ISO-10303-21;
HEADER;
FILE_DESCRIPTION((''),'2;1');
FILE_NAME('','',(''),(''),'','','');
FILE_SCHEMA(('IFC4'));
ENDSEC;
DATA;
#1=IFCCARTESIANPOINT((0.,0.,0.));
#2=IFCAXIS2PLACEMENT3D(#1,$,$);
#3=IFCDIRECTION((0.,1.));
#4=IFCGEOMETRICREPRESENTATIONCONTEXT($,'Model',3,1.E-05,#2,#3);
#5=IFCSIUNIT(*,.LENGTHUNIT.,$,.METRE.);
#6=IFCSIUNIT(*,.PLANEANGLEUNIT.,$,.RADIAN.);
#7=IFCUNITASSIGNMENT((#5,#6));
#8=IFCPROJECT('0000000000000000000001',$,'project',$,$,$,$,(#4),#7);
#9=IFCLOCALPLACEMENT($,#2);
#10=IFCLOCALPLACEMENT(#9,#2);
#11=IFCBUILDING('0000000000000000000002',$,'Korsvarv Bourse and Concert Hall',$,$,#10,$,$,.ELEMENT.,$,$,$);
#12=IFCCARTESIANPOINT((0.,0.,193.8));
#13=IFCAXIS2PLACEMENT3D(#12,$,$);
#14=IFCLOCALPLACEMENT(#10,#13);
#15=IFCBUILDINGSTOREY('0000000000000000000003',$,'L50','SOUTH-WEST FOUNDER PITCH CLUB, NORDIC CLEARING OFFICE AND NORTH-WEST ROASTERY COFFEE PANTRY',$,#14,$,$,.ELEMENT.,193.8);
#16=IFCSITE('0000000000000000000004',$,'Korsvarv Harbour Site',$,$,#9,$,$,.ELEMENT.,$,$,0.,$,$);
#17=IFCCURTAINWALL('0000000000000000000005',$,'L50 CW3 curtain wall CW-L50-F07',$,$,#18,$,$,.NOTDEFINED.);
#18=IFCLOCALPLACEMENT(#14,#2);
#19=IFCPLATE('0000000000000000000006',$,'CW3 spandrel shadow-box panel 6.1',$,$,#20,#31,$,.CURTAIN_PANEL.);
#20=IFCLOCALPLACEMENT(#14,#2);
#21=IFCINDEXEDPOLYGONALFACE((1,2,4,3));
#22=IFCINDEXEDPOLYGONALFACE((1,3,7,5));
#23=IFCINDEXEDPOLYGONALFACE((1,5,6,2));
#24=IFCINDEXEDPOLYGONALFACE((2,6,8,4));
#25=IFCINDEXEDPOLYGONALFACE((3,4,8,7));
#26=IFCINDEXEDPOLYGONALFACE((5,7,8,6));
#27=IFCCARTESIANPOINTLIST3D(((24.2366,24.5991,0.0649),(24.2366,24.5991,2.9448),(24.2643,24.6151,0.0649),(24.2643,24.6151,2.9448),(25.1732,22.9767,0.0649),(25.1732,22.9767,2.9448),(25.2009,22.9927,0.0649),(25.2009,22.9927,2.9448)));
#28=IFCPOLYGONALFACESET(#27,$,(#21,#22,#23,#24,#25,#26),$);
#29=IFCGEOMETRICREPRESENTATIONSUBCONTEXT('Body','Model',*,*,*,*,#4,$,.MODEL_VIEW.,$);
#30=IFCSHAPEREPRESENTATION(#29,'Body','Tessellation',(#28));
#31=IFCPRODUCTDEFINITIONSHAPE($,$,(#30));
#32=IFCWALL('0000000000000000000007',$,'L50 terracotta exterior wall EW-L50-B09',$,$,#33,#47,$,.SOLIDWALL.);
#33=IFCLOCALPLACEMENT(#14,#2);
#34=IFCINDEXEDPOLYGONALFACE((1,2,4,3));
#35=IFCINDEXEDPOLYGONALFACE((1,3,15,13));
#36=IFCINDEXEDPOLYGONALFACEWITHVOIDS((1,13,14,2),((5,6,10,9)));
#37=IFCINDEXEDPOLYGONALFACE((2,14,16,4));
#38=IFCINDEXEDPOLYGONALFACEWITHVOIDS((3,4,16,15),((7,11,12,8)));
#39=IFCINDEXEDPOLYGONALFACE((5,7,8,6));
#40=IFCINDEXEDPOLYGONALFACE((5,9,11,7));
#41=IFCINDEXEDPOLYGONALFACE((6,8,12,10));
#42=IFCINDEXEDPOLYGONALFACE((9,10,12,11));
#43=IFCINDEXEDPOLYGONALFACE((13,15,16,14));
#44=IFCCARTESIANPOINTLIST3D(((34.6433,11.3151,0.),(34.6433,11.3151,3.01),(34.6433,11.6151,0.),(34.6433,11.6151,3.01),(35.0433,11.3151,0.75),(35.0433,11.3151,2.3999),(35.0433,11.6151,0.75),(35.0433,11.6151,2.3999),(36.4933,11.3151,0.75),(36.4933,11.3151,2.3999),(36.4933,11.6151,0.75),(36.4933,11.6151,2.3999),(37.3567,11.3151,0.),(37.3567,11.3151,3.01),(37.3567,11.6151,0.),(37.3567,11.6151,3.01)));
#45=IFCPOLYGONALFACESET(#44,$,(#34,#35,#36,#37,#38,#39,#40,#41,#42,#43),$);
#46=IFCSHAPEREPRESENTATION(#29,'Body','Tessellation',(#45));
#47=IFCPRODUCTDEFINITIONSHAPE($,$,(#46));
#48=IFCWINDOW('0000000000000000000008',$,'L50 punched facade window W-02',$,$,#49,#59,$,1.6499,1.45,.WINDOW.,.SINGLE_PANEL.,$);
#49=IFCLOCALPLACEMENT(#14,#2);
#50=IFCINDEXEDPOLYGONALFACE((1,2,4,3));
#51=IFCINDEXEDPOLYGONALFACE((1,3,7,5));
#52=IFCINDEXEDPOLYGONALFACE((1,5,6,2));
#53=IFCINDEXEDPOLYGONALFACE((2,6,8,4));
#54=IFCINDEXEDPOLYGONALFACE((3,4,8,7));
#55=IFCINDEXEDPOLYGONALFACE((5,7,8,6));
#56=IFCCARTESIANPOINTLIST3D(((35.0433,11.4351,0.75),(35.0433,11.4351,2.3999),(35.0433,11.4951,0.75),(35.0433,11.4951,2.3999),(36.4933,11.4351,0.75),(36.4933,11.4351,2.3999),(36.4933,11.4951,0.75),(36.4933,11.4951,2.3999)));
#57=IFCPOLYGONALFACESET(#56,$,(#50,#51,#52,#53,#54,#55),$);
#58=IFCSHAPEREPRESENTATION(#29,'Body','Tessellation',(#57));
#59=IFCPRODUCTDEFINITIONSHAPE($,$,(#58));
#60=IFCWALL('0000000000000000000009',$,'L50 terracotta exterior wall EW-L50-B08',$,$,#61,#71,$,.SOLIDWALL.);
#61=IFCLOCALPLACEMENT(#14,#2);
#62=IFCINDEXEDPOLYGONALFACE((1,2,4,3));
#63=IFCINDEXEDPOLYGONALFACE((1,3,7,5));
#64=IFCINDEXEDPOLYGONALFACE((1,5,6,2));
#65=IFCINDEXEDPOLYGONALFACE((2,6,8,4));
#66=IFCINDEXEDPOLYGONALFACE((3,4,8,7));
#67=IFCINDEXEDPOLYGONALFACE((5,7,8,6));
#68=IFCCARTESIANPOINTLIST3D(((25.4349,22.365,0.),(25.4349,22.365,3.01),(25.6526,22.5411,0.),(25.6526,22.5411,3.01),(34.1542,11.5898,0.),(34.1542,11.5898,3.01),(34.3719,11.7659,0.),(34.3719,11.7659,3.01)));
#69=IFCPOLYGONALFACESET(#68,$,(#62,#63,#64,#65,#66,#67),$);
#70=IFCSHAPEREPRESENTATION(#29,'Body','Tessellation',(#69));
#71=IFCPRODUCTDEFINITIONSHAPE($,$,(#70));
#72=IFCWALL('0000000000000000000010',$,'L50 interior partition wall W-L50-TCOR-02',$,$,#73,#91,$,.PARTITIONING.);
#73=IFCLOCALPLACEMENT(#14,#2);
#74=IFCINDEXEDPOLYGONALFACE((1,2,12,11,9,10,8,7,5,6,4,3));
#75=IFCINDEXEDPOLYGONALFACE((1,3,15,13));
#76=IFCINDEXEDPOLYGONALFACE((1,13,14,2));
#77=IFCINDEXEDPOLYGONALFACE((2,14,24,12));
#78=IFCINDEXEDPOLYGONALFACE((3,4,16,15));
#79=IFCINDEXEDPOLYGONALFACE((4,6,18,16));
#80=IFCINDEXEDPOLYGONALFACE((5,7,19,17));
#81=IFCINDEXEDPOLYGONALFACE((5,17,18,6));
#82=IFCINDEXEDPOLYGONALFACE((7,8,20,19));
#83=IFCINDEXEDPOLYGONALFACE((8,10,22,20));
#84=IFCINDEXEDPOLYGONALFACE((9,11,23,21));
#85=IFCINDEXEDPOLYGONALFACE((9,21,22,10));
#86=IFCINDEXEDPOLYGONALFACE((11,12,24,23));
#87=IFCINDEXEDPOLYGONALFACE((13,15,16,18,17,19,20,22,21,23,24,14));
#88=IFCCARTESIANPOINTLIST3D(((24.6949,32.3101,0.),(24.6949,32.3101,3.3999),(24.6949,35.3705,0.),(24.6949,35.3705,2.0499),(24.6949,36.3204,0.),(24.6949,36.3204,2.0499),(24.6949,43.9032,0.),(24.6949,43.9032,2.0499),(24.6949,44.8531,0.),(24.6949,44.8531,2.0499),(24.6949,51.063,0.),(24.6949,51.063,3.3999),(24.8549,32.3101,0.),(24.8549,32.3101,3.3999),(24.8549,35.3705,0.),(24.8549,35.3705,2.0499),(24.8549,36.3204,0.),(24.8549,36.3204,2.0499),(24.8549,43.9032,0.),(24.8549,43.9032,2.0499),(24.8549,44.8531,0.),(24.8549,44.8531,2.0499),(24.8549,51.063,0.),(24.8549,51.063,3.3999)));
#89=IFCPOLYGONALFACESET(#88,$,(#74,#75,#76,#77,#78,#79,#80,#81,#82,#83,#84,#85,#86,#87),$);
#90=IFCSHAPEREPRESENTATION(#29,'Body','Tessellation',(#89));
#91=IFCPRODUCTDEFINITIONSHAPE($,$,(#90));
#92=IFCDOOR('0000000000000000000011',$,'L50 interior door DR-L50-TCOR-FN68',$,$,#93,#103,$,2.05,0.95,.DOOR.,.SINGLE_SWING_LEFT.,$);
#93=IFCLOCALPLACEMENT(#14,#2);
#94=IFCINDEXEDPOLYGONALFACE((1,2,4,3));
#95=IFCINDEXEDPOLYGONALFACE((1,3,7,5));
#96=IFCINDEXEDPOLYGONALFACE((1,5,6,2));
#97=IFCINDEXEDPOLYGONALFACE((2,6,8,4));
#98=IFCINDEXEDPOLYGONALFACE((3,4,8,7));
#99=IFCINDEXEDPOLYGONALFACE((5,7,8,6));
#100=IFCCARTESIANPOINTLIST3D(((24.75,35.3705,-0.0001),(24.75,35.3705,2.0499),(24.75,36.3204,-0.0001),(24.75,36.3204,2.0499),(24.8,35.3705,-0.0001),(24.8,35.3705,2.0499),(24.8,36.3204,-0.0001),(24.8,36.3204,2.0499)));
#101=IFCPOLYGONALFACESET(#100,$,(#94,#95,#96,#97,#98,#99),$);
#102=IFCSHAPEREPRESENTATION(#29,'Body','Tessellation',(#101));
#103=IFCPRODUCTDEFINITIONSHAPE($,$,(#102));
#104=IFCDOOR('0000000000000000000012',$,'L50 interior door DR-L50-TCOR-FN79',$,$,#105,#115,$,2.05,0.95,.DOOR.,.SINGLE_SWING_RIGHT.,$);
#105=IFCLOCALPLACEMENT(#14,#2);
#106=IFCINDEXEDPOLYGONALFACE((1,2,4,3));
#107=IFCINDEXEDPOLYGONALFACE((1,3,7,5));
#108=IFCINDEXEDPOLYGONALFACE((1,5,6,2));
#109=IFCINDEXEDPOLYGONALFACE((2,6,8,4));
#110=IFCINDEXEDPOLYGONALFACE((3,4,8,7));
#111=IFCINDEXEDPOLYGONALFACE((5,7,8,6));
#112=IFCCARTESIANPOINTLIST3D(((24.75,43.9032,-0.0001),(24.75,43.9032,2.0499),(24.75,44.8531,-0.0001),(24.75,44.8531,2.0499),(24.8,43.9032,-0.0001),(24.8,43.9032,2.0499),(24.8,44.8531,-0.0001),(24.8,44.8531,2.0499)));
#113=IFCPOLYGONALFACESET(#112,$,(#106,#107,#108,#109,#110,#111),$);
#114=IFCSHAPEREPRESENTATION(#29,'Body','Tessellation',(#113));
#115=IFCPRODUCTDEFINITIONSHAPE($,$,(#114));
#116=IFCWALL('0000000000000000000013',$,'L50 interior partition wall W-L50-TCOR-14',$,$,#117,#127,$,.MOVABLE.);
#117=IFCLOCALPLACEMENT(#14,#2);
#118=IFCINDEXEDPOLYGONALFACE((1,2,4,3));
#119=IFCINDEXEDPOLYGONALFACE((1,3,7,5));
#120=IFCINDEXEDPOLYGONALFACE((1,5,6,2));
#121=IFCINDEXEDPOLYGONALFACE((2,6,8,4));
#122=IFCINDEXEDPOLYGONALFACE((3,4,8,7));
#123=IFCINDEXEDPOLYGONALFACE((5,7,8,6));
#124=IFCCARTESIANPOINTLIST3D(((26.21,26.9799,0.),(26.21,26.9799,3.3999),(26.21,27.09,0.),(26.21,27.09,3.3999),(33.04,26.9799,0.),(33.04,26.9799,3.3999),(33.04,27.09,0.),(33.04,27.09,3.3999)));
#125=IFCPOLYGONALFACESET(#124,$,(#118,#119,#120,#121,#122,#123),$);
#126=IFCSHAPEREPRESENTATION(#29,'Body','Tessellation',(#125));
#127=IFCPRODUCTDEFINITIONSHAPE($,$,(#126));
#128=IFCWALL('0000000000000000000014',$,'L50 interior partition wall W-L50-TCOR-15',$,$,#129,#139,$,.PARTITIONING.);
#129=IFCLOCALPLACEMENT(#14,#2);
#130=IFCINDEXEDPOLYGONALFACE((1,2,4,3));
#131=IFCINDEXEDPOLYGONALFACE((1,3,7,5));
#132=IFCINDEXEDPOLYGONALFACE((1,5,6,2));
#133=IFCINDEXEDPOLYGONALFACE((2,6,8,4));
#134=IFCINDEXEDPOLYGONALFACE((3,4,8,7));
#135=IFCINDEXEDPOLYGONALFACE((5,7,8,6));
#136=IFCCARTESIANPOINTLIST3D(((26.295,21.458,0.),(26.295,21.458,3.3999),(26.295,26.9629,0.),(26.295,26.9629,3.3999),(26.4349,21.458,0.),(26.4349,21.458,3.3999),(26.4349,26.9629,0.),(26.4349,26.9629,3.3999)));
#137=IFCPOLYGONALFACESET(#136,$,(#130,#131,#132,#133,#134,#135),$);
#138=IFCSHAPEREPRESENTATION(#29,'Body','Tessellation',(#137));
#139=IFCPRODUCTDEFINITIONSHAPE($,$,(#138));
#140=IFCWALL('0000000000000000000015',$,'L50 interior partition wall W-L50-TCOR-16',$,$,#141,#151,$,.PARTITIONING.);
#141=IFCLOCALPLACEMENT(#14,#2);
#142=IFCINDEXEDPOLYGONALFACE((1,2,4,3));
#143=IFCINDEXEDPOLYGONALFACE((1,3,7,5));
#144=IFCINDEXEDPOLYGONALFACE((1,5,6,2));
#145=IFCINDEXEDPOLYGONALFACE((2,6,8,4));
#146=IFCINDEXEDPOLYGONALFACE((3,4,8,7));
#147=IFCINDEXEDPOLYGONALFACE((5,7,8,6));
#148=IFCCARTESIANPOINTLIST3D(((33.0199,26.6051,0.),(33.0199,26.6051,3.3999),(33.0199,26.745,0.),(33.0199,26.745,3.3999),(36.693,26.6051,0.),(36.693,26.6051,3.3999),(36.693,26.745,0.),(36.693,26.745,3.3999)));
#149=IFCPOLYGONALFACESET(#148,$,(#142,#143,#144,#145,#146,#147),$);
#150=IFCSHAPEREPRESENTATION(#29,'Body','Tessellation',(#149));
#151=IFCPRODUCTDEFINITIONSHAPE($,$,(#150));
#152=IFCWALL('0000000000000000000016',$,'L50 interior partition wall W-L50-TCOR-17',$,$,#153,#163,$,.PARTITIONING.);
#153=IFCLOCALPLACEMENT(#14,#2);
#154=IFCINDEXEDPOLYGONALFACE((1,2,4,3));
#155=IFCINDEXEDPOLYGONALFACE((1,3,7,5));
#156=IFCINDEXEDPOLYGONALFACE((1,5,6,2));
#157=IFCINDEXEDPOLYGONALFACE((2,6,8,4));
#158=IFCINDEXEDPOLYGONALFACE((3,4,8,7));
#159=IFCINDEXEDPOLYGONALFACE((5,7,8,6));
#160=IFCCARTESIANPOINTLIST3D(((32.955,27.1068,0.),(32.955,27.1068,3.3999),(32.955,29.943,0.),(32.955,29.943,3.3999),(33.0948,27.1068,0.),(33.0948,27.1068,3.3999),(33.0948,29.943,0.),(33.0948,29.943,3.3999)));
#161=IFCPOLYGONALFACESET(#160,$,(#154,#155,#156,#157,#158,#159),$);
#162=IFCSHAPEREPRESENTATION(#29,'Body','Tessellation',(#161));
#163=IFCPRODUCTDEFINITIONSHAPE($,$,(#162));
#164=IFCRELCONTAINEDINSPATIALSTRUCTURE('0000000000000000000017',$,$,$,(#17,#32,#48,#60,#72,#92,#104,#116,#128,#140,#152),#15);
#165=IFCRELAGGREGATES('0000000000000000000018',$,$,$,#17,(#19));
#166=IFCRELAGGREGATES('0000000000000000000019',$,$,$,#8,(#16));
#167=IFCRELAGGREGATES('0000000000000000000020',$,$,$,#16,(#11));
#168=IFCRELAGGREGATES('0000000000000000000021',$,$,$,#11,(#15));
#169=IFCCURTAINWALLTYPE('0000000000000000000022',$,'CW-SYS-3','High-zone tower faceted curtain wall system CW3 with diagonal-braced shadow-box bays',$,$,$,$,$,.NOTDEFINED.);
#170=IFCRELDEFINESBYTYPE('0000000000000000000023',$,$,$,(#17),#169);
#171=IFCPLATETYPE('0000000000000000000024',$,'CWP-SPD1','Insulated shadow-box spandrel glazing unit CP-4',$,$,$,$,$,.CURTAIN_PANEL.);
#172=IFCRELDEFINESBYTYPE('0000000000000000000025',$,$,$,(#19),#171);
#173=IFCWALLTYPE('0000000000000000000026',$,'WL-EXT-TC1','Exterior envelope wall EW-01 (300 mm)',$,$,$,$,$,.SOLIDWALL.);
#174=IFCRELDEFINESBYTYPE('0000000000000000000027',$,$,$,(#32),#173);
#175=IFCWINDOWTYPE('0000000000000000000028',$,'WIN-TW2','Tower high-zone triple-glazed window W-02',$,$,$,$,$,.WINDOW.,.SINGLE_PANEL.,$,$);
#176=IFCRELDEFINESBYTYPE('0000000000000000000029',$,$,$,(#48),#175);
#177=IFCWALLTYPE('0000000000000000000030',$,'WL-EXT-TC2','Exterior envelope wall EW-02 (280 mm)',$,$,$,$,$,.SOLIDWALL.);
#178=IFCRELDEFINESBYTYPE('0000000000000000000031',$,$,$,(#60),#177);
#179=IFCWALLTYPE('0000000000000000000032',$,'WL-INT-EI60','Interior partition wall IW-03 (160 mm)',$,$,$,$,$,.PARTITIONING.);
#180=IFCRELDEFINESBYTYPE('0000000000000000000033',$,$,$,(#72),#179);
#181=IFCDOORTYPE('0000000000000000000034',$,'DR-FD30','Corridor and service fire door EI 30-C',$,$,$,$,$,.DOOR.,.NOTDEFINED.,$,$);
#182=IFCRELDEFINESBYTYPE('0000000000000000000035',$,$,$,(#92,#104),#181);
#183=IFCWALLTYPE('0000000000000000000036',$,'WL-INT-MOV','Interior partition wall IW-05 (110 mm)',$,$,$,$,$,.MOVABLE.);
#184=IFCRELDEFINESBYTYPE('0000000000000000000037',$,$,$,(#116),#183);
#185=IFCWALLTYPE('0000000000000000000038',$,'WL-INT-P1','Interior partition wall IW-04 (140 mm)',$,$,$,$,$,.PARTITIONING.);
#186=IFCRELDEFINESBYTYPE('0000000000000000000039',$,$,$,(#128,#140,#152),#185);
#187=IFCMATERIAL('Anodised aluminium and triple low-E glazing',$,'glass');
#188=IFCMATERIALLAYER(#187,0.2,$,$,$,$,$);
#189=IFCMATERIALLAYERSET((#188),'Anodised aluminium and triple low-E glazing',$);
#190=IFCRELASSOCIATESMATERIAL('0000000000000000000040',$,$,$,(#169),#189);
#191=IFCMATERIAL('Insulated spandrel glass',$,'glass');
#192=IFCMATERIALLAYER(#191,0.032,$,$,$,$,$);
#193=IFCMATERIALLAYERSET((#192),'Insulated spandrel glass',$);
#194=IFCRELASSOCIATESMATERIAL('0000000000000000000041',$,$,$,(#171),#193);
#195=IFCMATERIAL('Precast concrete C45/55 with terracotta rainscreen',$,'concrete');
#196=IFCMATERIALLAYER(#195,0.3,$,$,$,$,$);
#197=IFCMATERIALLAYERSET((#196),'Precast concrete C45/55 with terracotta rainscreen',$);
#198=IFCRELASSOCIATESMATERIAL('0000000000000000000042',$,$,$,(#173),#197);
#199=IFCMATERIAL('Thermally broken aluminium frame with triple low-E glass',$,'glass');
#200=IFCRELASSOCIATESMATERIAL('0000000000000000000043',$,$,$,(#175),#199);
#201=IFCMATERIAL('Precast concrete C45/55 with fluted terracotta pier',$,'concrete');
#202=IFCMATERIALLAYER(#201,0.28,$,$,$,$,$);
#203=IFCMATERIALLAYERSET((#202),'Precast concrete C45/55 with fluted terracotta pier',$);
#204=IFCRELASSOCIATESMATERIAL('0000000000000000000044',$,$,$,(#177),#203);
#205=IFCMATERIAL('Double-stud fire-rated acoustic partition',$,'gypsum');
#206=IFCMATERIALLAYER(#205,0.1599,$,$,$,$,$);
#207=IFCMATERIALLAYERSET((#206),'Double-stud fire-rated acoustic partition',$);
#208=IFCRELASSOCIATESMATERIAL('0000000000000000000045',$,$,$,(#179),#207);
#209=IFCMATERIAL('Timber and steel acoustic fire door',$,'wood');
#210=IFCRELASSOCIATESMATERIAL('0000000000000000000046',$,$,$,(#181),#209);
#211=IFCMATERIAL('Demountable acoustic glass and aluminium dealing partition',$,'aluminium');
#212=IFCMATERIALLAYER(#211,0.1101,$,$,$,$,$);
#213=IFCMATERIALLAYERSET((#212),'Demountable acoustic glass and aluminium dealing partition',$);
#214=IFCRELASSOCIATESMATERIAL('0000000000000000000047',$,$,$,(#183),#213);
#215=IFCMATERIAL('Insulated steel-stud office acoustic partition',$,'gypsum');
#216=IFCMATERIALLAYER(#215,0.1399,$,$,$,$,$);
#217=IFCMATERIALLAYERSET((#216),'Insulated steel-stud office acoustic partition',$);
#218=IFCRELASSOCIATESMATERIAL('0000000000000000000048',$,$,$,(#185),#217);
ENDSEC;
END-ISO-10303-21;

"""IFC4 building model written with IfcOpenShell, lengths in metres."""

from ifc_helpers import new_model, si_unit, direction, frame, frame_2d, origin, origin_2d, place, context, subcontext, project, spatial, rectangle, extrude, source, transform, mapped, material, layer, layer_set, type_object, element, fill, aggregate, save


model = new_model("IFC4")

# Units and contexts
model_context = context("Model", 3, precision=1e-05, world=origin(), true_north=direction((0.0, 1.0)))
body_context = subcontext(model_context, "Body", "Model", "MODEL_VIEW")
ifc_project = project(units=[si_unit("LENGTHUNIT", "METRE"), si_unit("PLANEANGLEUNIT", "RADIAN")], contexts=[model_context])

# Site, building, storey
site_placement = place(None, origin())
site = spatial("IfcSite", under=ifc_project, at=site_placement, Name="Korsvarv Harbour Site", CompositionType="ELEMENT", RefElevation=0.0)
building_placement = place(site_placement, origin())
building = spatial("IfcBuilding", under=site, at=building_placement, Name="Korsvarv Bourse and Concert Hall", CompositionType="ELEMENT")
storey_placement = place(building_placement, frame((0.0, 0.0, 193.8)))
storey = spatial("IfcBuildingStorey", under=building, at=storey_placement, Name="L50", Description="SOUTH-WEST FOUNDER PITCH CLUB, NORDIC CLEARING OFFICE AND NORTH-WEST ROASTERY COFFEE PANTRY", CompositionType="ELEMENT", Elevation=193.8)

# Curtain wall, plate
ifc_material_1 = material(Name="Anodised aluminium and triple low-E glazing", Category="glass")
ifc_layer_1 = layer(ifc_material_1, 0.2)
ifc_layer_set_1 = layer_set([ifc_layer_1], Name="Anodised aluminium and triple low-E glazing")
curtain_wall_type = type_object("IfcCurtainWallType", Name="CW-SYS-3", Description="High-zone tower faceted curtain wall system CW3 with diagonal-braced shadow-box bays", PredefinedType="NOTDEFINED", material=ifc_layer_set_1)
curtain_wall_placement = place(storey_placement, origin())
curtain_wall = element("IfcCurtainWall", 1, at=curtain_wall_placement, inside=storey, type_object=curtain_wall_type, Name="L50 CW3 curtain wall CW-L50-F07", PredefinedType="NOTDEFINED")
ifc_material_2 = material(Name="Insulated spandrel glass", Category="glass")
ifc_layer_2 = layer(ifc_material_2, 0.032)
ifc_layer_set_2 = layer_set([ifc_layer_2], Name="Insulated spandrel glass")
plate_type_1 = type_object("IfcPlateType", Name="CWP-SPD1", Description="Insulated shadow-box spandrel glazing unit CP-4", PredefinedType="CURTAIN_PANEL", material=ifc_layer_set_2)
shared_shape_1 = source(origin(), body_context, "Body", "SweptSolid", [
    extrude(rectangle(XDim=1.8733, YDim=0.032, at=origin_2d()), origin(), (0.0, 0.0, 1.0), 2.8799),
])
plate_1_placement = place(storey_placement, frame((24.7188, 23.7959, 0.0649), z_axis=(0.0, 0.0, 1.0), x_axis=(0.499993, -0.86603, 0.0)))
plate_1 = element("IfcPlate", 2, at=plate_1_placement, type_object=plate_type_1, Name="CW3 spandrel shadow-box panel 6.1", PredefinedType="CURTAIN_PANEL", context=body_context, shape_type="MappedRepresentation", body=[
    mapped(shared_shape_1, transform((0.0, 0.0, 0.0), scale=1.0)),
])
aggregate(curtain_wall, [plate_1])

# Wall, opening, window
ifc_material_3 = material(Name="Precast concrete C45/55 with terracotta rainscreen", Category="concrete")
ifc_layer_3 = layer(ifc_material_3, 0.3)
ifc_layer_set_3 = layer_set([ifc_layer_3], Name="Precast concrete C45/55 with terracotta rainscreen")
wall_type_1 = type_object("IfcWallType", Name="WL-EXT-TC1", Description="Exterior envelope wall EW-01 (300 mm)", PredefinedType="SOLIDWALL", material=ifc_layer_set_3)
wall_1_placement = place(storey_placement, frame((34.6433, 11.4651, 0.0), z_axis=(0.0, 0.0, 1.0), x_axis=(1.0, 0.0, 0.0)))
wall_1 = element("IfcWall", 3, at=wall_1_placement, inside=storey, type_object=wall_type_1, Name="L50 terracotta exterior wall EW-L50-B09", PredefinedType="SOLIDWALL", context=body_context, shape_type="SweptSolid", body=[
    extrude(rectangle(XDim=2.7134, YDim=0.3, at=frame_2d((1.3567, 0.0))), origin(), (0.0, 0.0, 1.0), 3.01),
])
opening_1_placement = place(wall_1_placement, frame((0.3999, 0.0, 0.75)))
opening_1 = element("IfcOpeningElement", 4, at=opening_1_placement, cuts=wall_1, PredefinedType="OPENING", context=body_context, shape_type="SweptSolid", body=[
    extrude(rectangle(XDim=1.45, YDim=1.6499, at=frame_2d((0.7251, 0.825))), frame((0.0, 0.1602, 0.0), z_axis=(0.0, -1.0, 0.0), x_axis=(1.0, 0.0, 0.0)), (0.0, 0.0, 1.0), 0.3201),
])
ifc_material_4 = material(Name="Thermally broken aluminium frame with triple low-E glass", Category="glass")
window_type = type_object("IfcWindowType", Name="WIN-TW2", Description="Tower high-zone triple-glazed window W-02", PartitioningType="SINGLE_PANEL", PredefinedType="WINDOW", material=ifc_material_4)
window_placement = place(opening_1_placement, origin())
window = element("IfcWindow", 5, at=window_placement, inside=storey, type_object=window_type, Name="L50 punched facade window W-02", OverallHeight=1.6499, OverallWidth=1.45, PartitioningType="SINGLE_PANEL", PredefinedType="WINDOW", context=body_context, shape_type="SweptSolid", body=[
    extrude(rectangle(XDim=1.45, YDim=1.6499, at=frame_2d((0.7251, 0.825))), frame((0.0, 0.03, 0.0), z_axis=(0.0, -1.0, 0.0), x_axis=(1.0, 0.0, 0.0)), (0.0, 0.0, 1.0), 0.0601),
])
fill(opening_1, window)

# Wall
ifc_material_5 = material(Name="Precast concrete C45/55 with fluted terracotta pier", Category="concrete")
ifc_layer_4 = layer(ifc_material_5, 0.28)
ifc_layer_set_4 = layer_set([ifc_layer_4], Name="Precast concrete C45/55 with fluted terracotta pier")
wall_type_2 = type_object("IfcWallType", Name="WL-EXT-TC2", Description="Exterior envelope wall EW-02 (280 mm)", PredefinedType="SOLIDWALL", material=ifc_layer_set_4)
wall_2_placement = place(storey_placement, frame((25.5437, 22.4531, 0.0), z_axis=(0.0, 0.0, 1.0), x_axis=(0.629046, -0.777368, 0.0)))
element("IfcWall", 6, at=wall_2_placement, inside=storey, type_object=wall_type_2, Name="L50 terracotta exterior wall EW-L50-B08", PredefinedType="SOLIDWALL", context=body_context, shape_type="SweptSolid", body=[
    extrude(rectangle(XDim=13.8611, YDim=0.28, at=frame_2d((6.9307, 0.0))), origin(), (0.0, 0.0, 1.0), 3.01),
])

# Wall, openings, doors
ifc_material_6 = material(Name="Double-stud fire-rated acoustic partition", Category="gypsum")
ifc_layer_5 = layer(ifc_material_6, 0.1599)
ifc_layer_set_5 = layer_set([ifc_layer_5], Name="Double-stud fire-rated acoustic partition")
wall_type_3 = type_object("IfcWallType", Name="WL-INT-EI60", Description="Interior partition wall IW-03 (160 mm)", PredefinedType="PARTITIONING", material=ifc_layer_set_5)
wall_3_placement = place(storey_placement, frame((24.7749, 32.3101, 0.0), z_axis=(0.0, 0.0, 1.0), x_axis=(0.0, 1.0, 0.0)))
wall_3 = element("IfcWall", 7, at=wall_3_placement, inside=storey, type_object=wall_type_3, Name="L50 interior partition wall W-L50-TCOR-02", PredefinedType="PARTITIONING", context=body_context, shape_type="SweptSolid", body=[
    extrude(rectangle(XDim=18.7529, YDim=0.1599, at=frame_2d((9.3765, 0.0))), origin(), (0.0, 0.0, 1.0), 3.3999),
])
opening_2_placement = place(wall_3_placement, frame((3.0603, 0.0, 0.0)))
opening_2 = element("IfcOpeningElement", 8, at=opening_2_placement, cuts=wall_3, PredefinedType="OPENING", context=body_context, shape_type="SweptSolid", body=[
    extrude(rectangle(XDim=0.95, YDim=2.05, at=frame_2d((0.4751, 1.0249))), frame((0.0, 0.0898, 0.0), z_axis=(0.0, -1.0, 0.0), x_axis=(1.0, 0.0, 0.0)), (0.0, 0.0, 1.0), 0.1799),
])
opening_3_placement = place(wall_3_placement, frame((11.593, 0.0, 0.0)))
opening_3 = element("IfcOpeningElement", 9, at=opening_3_placement, cuts=wall_3, PredefinedType="OPENING", context=body_context, shape_type="SweptSolid", body=[
    extrude(rectangle(XDim=0.95, YDim=2.05, at=frame_2d((0.4751, 1.0249))), frame((0.0, 0.0898, 0.0), z_axis=(0.0, -1.0, 0.0), x_axis=(1.0, 0.0, 0.0)), (0.0, 0.0, 1.0), 0.1799),
])
ifc_material_7 = material(Name="Timber and steel acoustic fire door", Category="wood")
door_type = type_object("IfcDoorType", Name="DR-FD30", Description="Corridor and service fire door EI 30-C", OperationType="NOTDEFINED", PredefinedType="DOOR", material=ifc_material_7)
door_1_placement = place(opening_2_placement, origin())
door_1 = element("IfcDoor", 10, at=door_1_placement, inside=storey, type_object=door_type, Name="L50 interior door DR-L50-TCOR-FN68", OperationType="SINGLE_SWING_LEFT", OverallHeight=2.05, OverallWidth=0.95, PredefinedType="DOOR", context=body_context, shape_type="SweptSolid", body=[
    extrude(rectangle(XDim=0.95, YDim=2.05, at=frame_2d((0.4751, 1.0249))), frame((0.0, 0.0249, 0.0), z_axis=(0.0, -1.0, 0.0), x_axis=(1.0, 0.0, 0.0)), (0.0, 0.0, 1.0), 0.05),
])
fill(opening_2, door_1)
door_2_placement = place(opening_3_placement, origin())
door_2 = element("IfcDoor", 11, at=door_2_placement, inside=storey, type_object=door_type, Name="L50 interior door DR-L50-TCOR-FN79", OperationType="SINGLE_SWING_RIGHT", OverallHeight=2.05, OverallWidth=0.95, PredefinedType="DOOR", context=body_context, shape_type="SweptSolid", body=[
    extrude(rectangle(XDim=0.95, YDim=2.05, at=frame_2d((0.4751, 1.0249))), frame((0.0, 0.0249, 0.0), z_axis=(0.0, -1.0, 0.0), x_axis=(1.0, 0.0, 0.0)), (0.0, 0.0, 1.0), 0.05),
])
fill(opening_3, door_2)

# Walls
ifc_material_8 = material(Name="Demountable acoustic glass and aluminium dealing partition", Category="aluminium")
ifc_layer_6 = layer(ifc_material_8, 0.1101)
ifc_layer_set_6 = layer_set([ifc_layer_6], Name="Demountable acoustic glass and aluminium dealing partition")
wall_type_4 = type_object("IfcWallType", Name="WL-INT-MOV", Description="Interior partition wall IW-05 (110 mm)", PredefinedType="MOVABLE", material=ifc_layer_set_6)
wall_4_placement = place(storey_placement, frame((26.21, 27.0349, 0.0), z_axis=(0.0, 0.0, 1.0), x_axis=(1.0, 0.0, 0.0)))
element("IfcWall", 12, at=wall_4_placement, inside=storey, type_object=wall_type_4, Name="L50 interior partition wall W-L50-TCOR-14", PredefinedType="MOVABLE", context=body_context, shape_type="SweptSolid", body=[
    extrude(rectangle(XDim=6.8301, YDim=0.1101, at=frame_2d((3.415, 0.0))), origin(), (0.0, 0.0, 1.0), 3.3999),
])
ifc_material_9 = material(Name="Insulated steel-stud office acoustic partition", Category="gypsum")
ifc_layer_7 = layer(ifc_material_9, 0.1399)
ifc_layer_set_7 = layer_set([ifc_layer_7], Name="Insulated steel-stud office acoustic partition")
wall_type_5 = type_object("IfcWallType", Name="WL-INT-P1", Description="Interior partition wall IW-04 (140 mm)", PredefinedType="PARTITIONING", material=ifc_layer_set_7)
wall_5_placement = place(storey_placement, frame((26.365, 21.458, 0.0), z_axis=(0.0, 0.0, 1.0), x_axis=(0.0, 1.0, 0.0)))
element("IfcWall", 13, at=wall_5_placement, inside=storey, type_object=wall_type_5, Name="L50 interior partition wall W-L50-TCOR-15", PredefinedType="PARTITIONING", context=body_context, shape_type="SweptSolid", body=[
    extrude(rectangle(XDim=5.5049, YDim=0.1399, at=frame_2d((2.7524, 0.0))), origin(), (0.0, 0.0, 1.0), 3.3999),
])
wall_6_placement = place(storey_placement, frame((33.02, 26.675, 0.0), z_axis=(0.0, 0.0, 1.0), x_axis=(1.0, 0.0, 0.0)))
element("IfcWall", 14, at=wall_6_placement, inside=storey, type_object=wall_type_5, Name="L50 interior partition wall W-L50-TCOR-16", PredefinedType="PARTITIONING", context=body_context, shape_type="SweptSolid", body=[
    extrude(rectangle(XDim=3.6731, YDim=0.1399, at=frame_2d((1.8364, 0.0))), origin(), (0.0, 0.0, 1.0), 3.3999),
])
wall_7_placement = place(storey_placement, frame((33.0249, 27.1069, 0.0), z_axis=(0.0, 0.0, 1.0), x_axis=(0.0, 1.0, 0.0)))
element("IfcWall", 15, at=wall_7_placement, inside=storey, type_object=wall_type_5, Name="L50 interior partition wall W-L50-TCOR-17", PredefinedType="PARTITIONING", context=body_context, shape_type="SweptSolid", body=[
    extrude(rectangle(XDim=2.8362, YDim=0.1399, at=frame_2d((1.418, 0.0))), origin(), (0.0, 0.0, 1.0), 3.3999),
])

save(model, "model.ifc")
